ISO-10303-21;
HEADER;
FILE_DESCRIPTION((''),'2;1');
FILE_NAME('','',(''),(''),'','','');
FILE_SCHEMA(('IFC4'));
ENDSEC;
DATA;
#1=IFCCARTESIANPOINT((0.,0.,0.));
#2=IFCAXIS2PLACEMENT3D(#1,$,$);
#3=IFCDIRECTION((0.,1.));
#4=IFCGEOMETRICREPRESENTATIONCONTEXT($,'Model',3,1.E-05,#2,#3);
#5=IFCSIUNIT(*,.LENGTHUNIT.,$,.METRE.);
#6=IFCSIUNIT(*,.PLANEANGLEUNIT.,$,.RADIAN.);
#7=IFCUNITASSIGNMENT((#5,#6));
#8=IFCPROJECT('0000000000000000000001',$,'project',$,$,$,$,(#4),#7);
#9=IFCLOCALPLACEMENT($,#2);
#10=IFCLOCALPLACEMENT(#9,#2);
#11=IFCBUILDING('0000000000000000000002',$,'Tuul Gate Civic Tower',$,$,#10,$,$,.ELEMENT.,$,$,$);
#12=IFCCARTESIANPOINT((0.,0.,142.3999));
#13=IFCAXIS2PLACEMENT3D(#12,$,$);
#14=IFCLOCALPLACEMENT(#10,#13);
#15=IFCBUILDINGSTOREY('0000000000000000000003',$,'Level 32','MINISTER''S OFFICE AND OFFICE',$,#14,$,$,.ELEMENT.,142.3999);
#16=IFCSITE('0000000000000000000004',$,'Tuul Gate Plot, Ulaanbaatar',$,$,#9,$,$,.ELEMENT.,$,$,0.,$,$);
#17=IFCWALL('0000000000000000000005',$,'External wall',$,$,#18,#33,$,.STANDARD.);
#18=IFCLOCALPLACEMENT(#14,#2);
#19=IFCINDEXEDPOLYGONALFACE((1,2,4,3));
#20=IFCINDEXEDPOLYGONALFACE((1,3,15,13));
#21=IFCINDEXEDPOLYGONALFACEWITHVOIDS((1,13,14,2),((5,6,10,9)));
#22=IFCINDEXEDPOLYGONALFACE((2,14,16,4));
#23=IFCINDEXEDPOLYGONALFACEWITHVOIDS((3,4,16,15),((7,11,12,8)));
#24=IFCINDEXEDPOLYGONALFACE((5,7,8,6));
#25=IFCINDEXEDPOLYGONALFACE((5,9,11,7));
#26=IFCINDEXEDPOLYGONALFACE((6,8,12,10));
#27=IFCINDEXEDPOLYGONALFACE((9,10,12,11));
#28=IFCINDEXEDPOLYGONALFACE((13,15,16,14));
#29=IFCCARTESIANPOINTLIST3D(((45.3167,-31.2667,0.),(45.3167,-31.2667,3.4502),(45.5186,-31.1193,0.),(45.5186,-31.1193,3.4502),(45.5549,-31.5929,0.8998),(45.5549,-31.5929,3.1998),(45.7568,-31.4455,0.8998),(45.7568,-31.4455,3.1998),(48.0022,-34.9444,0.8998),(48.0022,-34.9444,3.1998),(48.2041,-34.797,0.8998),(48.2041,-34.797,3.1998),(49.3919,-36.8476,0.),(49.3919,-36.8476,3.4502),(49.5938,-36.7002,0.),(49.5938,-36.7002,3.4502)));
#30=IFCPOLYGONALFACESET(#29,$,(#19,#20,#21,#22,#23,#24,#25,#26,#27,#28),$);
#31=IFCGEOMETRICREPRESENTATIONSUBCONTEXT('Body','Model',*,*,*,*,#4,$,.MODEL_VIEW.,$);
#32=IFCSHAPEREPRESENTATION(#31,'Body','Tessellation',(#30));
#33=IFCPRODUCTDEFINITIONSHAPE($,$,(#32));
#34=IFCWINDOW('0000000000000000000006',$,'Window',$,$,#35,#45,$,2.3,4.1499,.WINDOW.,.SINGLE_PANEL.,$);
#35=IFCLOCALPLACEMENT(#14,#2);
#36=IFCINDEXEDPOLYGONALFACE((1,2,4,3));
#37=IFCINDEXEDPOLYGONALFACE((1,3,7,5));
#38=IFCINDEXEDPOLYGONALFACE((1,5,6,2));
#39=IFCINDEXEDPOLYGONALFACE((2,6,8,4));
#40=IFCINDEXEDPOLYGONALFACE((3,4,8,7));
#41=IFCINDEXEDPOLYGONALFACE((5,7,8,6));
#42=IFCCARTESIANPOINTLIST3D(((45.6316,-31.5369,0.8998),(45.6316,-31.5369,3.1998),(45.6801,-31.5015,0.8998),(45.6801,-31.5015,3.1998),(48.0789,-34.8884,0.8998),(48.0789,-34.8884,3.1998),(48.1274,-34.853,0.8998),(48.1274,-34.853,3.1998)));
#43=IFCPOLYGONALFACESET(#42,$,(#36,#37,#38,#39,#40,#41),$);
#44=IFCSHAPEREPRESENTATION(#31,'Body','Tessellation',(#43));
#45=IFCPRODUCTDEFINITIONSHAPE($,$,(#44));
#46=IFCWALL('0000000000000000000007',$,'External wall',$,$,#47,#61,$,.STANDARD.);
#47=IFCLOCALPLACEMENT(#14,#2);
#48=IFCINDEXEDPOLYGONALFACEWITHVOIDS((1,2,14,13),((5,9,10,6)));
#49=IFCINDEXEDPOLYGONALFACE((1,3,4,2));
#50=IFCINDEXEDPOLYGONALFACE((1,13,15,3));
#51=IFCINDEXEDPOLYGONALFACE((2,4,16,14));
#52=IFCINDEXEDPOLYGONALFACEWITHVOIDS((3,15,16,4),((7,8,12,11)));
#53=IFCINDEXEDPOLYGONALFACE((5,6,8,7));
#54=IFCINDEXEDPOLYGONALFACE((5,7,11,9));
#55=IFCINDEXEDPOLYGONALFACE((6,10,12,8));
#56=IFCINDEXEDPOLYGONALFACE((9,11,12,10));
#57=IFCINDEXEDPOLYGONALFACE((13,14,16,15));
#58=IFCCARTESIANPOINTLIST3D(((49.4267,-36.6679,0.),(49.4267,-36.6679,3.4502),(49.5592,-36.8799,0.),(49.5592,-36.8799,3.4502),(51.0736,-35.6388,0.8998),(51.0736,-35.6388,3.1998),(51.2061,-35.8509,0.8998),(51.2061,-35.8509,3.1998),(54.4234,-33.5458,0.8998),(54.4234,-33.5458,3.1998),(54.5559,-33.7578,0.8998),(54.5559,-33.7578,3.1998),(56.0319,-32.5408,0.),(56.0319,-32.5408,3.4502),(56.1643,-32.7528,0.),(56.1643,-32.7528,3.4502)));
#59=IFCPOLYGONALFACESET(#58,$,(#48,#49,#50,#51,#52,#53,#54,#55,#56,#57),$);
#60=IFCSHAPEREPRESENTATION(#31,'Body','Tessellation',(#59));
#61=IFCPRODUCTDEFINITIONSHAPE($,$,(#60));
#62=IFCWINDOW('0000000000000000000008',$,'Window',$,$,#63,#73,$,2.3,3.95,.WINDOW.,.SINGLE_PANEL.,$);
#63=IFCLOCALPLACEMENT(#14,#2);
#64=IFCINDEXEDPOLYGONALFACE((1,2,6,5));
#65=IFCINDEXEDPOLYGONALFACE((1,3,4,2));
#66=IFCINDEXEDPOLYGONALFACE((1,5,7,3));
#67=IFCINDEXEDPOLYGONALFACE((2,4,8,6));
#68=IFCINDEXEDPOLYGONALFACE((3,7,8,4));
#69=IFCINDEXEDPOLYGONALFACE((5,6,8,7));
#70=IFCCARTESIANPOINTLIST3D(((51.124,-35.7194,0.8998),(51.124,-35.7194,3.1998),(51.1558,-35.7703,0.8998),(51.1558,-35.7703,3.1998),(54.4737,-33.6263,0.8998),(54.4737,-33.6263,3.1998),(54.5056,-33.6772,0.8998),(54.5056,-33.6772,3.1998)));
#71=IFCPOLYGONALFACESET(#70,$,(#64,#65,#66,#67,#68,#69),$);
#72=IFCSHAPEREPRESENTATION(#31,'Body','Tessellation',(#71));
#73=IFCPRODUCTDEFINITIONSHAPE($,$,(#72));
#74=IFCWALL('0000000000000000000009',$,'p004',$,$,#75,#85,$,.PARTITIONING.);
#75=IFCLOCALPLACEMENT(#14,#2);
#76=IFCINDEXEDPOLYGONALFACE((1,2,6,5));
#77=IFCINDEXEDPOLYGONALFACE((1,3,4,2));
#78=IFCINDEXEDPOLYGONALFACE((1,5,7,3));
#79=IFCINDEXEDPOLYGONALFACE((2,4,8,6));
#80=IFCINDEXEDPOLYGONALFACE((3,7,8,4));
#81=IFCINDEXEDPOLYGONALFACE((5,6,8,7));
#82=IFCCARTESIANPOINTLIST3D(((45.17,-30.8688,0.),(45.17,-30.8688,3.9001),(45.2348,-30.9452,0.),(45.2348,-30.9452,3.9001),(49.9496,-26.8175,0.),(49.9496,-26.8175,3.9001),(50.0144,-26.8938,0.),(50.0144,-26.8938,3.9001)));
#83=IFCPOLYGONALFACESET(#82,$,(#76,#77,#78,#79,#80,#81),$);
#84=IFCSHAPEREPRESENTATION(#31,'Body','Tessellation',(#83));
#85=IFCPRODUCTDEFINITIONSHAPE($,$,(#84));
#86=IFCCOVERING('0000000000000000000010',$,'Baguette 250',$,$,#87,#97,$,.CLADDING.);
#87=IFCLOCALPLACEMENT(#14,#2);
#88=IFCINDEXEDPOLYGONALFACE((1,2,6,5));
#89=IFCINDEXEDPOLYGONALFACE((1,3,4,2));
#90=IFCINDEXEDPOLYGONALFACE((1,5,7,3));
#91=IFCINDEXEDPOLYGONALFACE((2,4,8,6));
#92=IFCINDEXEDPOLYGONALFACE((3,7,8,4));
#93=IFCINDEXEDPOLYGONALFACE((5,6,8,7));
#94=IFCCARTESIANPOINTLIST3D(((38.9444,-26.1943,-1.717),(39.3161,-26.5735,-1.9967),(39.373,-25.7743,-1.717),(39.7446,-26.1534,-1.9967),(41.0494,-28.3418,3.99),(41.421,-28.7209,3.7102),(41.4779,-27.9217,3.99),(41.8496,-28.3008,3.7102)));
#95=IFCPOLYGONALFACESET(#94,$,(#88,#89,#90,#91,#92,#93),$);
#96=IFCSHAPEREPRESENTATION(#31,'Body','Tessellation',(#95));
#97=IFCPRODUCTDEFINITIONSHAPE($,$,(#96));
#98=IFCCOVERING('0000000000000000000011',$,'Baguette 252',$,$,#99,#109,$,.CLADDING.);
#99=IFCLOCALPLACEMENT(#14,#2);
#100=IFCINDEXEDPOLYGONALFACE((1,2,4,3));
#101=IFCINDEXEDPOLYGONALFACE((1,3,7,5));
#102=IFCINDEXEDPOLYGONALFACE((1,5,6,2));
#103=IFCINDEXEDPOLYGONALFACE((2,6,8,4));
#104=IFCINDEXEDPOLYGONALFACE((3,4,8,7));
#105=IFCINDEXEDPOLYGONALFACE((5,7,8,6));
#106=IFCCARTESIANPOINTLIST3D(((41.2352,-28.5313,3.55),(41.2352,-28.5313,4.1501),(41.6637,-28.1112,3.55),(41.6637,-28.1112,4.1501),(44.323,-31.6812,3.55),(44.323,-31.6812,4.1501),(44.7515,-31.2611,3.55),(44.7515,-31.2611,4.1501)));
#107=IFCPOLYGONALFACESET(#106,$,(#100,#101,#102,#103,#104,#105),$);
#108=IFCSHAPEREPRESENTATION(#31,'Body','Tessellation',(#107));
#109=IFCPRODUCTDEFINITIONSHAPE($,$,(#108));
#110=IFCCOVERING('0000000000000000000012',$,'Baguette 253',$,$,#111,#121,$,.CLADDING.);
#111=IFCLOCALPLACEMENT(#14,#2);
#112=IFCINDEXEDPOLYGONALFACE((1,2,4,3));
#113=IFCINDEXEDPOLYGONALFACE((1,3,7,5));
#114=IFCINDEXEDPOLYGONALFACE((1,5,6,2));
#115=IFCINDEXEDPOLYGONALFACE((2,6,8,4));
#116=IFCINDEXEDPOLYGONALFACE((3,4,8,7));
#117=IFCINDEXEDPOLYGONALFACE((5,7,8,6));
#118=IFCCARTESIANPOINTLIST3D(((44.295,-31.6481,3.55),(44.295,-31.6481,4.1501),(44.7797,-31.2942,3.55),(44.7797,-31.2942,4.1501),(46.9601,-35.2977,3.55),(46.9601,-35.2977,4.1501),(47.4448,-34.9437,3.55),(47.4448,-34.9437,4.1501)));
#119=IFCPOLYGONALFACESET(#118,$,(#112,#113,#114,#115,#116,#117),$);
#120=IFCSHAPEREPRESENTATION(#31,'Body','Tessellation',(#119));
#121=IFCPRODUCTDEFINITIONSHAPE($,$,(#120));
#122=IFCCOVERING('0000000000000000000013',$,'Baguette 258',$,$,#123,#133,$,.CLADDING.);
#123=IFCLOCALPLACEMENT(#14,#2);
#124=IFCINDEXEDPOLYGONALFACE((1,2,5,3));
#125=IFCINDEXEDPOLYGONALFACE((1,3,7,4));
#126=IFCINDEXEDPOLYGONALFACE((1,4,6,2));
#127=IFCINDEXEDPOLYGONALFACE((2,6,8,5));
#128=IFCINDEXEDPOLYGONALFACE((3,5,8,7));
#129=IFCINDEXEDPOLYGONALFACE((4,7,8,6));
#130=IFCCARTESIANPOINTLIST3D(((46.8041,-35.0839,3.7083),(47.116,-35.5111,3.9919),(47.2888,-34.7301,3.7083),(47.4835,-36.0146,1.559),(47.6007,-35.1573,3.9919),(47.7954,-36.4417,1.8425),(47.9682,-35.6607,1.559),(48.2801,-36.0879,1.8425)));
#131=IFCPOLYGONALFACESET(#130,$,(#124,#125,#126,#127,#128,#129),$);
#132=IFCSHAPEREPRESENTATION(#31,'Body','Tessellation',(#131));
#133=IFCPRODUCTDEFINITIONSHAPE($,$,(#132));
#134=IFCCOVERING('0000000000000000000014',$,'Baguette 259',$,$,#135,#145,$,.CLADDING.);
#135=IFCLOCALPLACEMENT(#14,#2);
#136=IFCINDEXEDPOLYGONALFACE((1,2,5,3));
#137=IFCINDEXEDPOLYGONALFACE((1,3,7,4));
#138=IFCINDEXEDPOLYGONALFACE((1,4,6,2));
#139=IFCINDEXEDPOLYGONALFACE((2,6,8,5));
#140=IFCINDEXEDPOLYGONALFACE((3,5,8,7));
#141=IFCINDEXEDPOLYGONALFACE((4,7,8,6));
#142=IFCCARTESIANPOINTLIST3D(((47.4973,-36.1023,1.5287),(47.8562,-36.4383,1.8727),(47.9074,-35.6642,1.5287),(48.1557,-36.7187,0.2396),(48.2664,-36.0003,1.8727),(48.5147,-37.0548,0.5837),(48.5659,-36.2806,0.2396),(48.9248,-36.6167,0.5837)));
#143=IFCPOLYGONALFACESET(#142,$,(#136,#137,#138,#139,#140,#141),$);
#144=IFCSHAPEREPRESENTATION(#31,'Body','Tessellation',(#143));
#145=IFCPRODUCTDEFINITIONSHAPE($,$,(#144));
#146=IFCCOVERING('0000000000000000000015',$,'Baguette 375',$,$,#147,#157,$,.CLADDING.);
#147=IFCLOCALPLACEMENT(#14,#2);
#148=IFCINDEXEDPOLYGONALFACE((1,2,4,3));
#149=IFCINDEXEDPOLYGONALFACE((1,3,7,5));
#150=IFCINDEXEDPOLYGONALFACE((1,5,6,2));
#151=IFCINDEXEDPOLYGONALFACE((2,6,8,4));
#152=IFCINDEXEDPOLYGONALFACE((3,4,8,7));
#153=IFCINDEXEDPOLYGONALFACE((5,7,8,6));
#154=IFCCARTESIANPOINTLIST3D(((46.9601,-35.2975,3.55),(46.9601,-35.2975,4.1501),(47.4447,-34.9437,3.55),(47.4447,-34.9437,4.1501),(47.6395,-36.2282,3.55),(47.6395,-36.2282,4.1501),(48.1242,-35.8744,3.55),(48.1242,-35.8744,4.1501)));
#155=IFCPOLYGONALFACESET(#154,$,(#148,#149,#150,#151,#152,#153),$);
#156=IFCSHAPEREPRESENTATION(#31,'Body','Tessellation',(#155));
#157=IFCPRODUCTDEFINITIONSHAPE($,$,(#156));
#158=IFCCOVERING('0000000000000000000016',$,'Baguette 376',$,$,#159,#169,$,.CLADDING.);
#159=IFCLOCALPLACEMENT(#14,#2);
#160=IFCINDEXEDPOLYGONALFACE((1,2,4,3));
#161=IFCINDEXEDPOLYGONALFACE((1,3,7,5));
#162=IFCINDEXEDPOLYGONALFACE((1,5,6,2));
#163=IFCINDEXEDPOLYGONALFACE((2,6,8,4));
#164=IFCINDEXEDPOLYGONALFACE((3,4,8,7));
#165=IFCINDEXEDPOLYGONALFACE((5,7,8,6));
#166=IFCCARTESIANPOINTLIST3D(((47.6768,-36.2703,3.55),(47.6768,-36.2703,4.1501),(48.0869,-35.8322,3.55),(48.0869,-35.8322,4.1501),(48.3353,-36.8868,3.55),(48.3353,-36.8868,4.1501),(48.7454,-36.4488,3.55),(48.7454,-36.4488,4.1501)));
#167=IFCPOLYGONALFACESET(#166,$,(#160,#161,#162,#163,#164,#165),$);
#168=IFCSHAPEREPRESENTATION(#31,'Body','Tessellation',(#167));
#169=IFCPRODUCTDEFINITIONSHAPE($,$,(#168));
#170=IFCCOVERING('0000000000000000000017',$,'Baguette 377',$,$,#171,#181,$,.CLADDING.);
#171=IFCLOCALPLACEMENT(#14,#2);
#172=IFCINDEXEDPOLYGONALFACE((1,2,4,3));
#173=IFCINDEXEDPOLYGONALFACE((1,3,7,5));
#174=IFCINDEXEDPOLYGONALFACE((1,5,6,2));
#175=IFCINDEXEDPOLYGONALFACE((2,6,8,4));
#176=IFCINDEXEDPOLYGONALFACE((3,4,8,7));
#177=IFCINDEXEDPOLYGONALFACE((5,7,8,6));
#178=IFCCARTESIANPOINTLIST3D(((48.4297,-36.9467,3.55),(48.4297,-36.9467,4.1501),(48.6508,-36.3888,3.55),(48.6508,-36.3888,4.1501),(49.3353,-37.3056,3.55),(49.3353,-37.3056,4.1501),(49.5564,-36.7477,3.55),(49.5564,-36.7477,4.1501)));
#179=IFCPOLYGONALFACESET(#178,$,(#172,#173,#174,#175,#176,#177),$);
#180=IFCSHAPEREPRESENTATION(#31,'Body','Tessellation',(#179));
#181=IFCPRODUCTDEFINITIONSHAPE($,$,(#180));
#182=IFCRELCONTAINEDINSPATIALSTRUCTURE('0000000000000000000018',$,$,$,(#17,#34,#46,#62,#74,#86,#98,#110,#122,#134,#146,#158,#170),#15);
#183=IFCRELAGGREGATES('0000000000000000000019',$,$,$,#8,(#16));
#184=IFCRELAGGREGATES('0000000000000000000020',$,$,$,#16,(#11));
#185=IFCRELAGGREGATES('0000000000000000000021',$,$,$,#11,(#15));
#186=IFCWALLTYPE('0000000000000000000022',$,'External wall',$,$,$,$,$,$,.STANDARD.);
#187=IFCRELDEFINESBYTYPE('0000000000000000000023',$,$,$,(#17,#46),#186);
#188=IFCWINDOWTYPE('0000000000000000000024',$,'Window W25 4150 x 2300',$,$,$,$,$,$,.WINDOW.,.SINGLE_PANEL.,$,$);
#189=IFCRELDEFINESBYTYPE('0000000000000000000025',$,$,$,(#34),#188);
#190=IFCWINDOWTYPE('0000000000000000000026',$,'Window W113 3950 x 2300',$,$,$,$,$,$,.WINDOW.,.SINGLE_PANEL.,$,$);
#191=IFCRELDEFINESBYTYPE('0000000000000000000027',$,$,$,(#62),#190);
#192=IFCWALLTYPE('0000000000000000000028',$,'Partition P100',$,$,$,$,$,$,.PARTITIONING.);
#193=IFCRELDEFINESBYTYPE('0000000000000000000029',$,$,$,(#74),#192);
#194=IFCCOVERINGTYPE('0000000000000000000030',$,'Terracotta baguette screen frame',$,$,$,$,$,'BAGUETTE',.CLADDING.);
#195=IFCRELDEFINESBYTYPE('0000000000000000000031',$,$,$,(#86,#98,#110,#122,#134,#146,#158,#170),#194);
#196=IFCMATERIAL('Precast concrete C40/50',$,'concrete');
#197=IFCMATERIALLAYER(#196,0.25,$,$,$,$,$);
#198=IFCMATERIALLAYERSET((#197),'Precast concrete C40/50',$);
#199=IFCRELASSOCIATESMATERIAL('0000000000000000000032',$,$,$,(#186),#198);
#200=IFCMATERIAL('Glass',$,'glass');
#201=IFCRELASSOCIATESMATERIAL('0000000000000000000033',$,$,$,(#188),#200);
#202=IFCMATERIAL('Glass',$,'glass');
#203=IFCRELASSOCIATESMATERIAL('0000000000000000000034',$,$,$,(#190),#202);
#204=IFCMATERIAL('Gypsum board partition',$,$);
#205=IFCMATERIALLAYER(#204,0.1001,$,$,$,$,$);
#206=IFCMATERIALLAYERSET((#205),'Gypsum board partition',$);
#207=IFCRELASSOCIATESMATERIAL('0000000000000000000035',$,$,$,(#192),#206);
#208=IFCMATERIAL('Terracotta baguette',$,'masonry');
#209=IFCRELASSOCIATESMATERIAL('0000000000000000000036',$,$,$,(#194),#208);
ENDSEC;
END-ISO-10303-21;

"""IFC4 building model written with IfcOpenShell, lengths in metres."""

from ifc_helpers import new_model, si_unit, direction, frame, frame_2d, origin, origin_2d, place, context, subcontext, project, spatial, rectangle, extrude, material, layer, layer_set, material_profile, profile_set, type_object, element, fill, save


model = new_model("IFC4")

# Units and contexts
model_context = context("Model", 3, precision=1e-05, world=origin(), true_north=direction((0.0, 1.0)))
body_context = subcontext(model_context, "Body", "Model", "MODEL_VIEW")
ifc_project = project(units=[si_unit("LENGTHUNIT", "METRE"), si_unit("PLANEANGLEUNIT", "RADIAN")], contexts=[model_context])

# Site, building, storey
site_placement = place(None, origin())
site = spatial("IfcSite", under=ifc_project, at=site_placement, Name="Tuul Gate Plot, Ulaanbaatar", CompositionType="ELEMENT", RefElevation=0.0)
building_placement = place(site_placement, origin())
building = spatial("IfcBuilding", under=site, at=building_placement, Name="Tuul Gate Civic Tower", CompositionType="ELEMENT")
storey_placement = place(building_placement, frame((0.0, 0.0, 142.3999)))
storey = spatial("IfcBuildingStorey", under=building, at=storey_placement, Name="Level 32", Description="MINISTER'S OFFICE AND OFFICE", CompositionType="ELEMENT", Elevation=142.3999)

# Walls, openings, windows
ifc_material_1 = material(Name="Precast concrete C40/50", Category="concrete")
ifc_layer_1 = layer(ifc_material_1, 0.25)
ifc_layer_set_1 = layer_set([ifc_layer_1], Name="Precast concrete C40/50")
wall_type_1 = type_object("IfcWallType", Name="External wall", PredefinedType="STANDARD", material=ifc_layer_set_1)
wall_1_placement = place(storey_placement, frame((45.4177, -31.1931, 0.0), z_axis=(0.0, 0.0, 1.0), x_axis=(0.589725, -0.807604, 0.0)))
wall_1 = element("IfcWall", 1, at=wall_1_placement, inside=storey, type_object=wall_type_1, Name="External wall", PredefinedType="STANDARD", context=body_context, shape_type="SweptSolid", body=[
    extrude(rectangle(XDim=6.9104, YDim=0.25, at=frame_2d((3.4551, 0.0))), origin(), (0.0, 0.0, 1.0), 3.4502),
])
opening_1_placement = place(wall_1_placement, frame((0.4038, 0.0, 0.8999)))
opening_1 = element("IfcOpeningElement", 2, at=opening_1_placement, cuts=wall_1, PredefinedType="OPENING", context=body_context, shape_type="SweptSolid", body=[
    extrude(rectangle(XDim=4.1499, YDim=2.3, at=frame_2d((2.075, 1.1499))), frame((0.0, 0.135, 0.0), z_axis=(0.0, -1.0, 0.0), x_axis=(1.0, 0.0, 0.0)), (0.0, 0.0, 1.0), 0.27),
])
ifc_material_2 = material(Name="Glass", Category="glass")
window_type_1 = type_object("IfcWindowType", Name="Window W25 4150 x 2300", PartitioningType="SINGLE_PANEL", PredefinedType="WINDOW", material=ifc_material_2)
window_1_placement = place(opening_1_placement, origin())
window_1 = element("IfcWindow", 3, at=window_1_placement, inside=storey, type_object=window_type_1, Name="Window", OverallHeight=2.3, OverallWidth=4.1499, PartitioningType="SINGLE_PANEL", PredefinedType="WINDOW", context=body_context, shape_type="SweptSolid", body=[
    extrude(rectangle(XDim=4.1499, YDim=2.3, at=frame_2d((2.075, 1.1499))), frame((0.0, 0.03, 0.0), z_axis=(0.0, -1.0, 0.0), x_axis=(1.0, 0.0, 0.0)), (0.0, 0.0, 1.0), 0.0601),
])
fill(opening_1, window_1)
wall_2_placement = place(storey_placement, frame((49.4929, -36.7739, 0.0), z_axis=(0.0, 0.0, 1.0), x_axis=(0.84806, 0.5299, 0.0)))
wall_2 = element("IfcWall", 4, at=wall_2_placement, inside=storey, type_object=wall_type_1, Name="External wall", PredefinedType="STANDARD", context=body_context, shape_type="SweptSolid", body=[
    extrude(rectangle(XDim=7.7886, YDim=0.25, at=frame_2d((3.8943, 0.0))), origin(), (0.0, 0.0, 1.0), 3.4502),
])
opening_2_placement = place(wall_2_placement, frame((1.9419, 0.0, 0.8999)))
opening_2 = element("IfcOpeningElement", 5, at=opening_2_placement, cuts=wall_2, PredefinedType="OPENING", context=body_context, shape_type="SweptSolid", body=[
    extrude(rectangle(XDim=3.95, YDim=2.3, at=frame_2d((1.9751, 1.1499))), frame((0.0, 0.135, 0.0), z_axis=(0.0, -1.0, 0.0), x_axis=(1.0, 0.0, 0.0)), (0.0, 0.0, 1.0), 0.27),
])
ifc_material_3 = material(Name="Glass", Category="glass")
window_type_2 = type_object("IfcWindowType", Name="Window W113 3950 x 2300", PartitioningType="SINGLE_PANEL", PredefinedType="WINDOW", material=ifc_material_3)
window_2_placement = place(opening_2_placement, origin())
window_2 = element("IfcWindow", 6, at=window_2_placement, inside=storey, type_object=window_type_2, Name="Window", OverallHeight=2.3, OverallWidth=3.95, PartitioningType="SINGLE_PANEL", PredefinedType="WINDOW", context=body_context, shape_type="SweptSolid", body=[
    extrude(rectangle(XDim=3.95, YDim=2.3, at=frame_2d((1.9751, 1.1499))), frame((0.0, 0.03, 0.0), z_axis=(0.0, -1.0, 0.0), x_axis=(1.0, 0.0, 0.0)), (0.0, 0.0, 1.0), 0.0601),
])
fill(opening_2, window_2)

# Wall
ifc_material_4 = material(Name="Gypsum board partition")
ifc_layer_2 = layer(ifc_material_4, 0.1001)
ifc_layer_set_2 = layer_set([ifc_layer_2], Name="Gypsum board partition")
wall_type_2 = type_object("IfcWallType", Name="Partition P100", PredefinedType="PARTITIONING", material=ifc_layer_set_2)
wall_3_placement = place(storey_placement, frame((45.2024, -30.907, 0.0), z_axis=(0.0, 0.0, 1.0), x_axis=(0.762832, 0.646597, 0.0)))
element("IfcWall", 7, at=wall_3_placement, inside=storey, type_object=wall_type_2, Name="p004", PredefinedType="PARTITIONING", context=body_context, shape_type="SweptSolid", body=[
    extrude(rectangle(XDim=6.2656, YDim=0.1001, at=frame_2d((3.1328, 0.0))), origin(), (0.0, 0.0, 1.0), 3.9001),
])

# Coverings
ifc_material_5 = material(Name="Terracotta baguette", Category="masonry")
ifc_material_profile_1 = material_profile(ifc_material_5, rectangle(XDim=0.6001, YDim=0.6001, at=origin_2d()), Name="Terracotta baguette screen frame")
ifc_profile_set_1 = profile_set([ifc_material_profile_1], Name="Terracotta baguette")
covering_type = type_object("IfcCoveringType", Name="Terracotta baguette screen frame", ElementType="BAGUETTE", PredefinedType="CLADDING", material=ifc_profile_set_1)
covering_1_placement = place(storey_placement, frame((41.4495, -28.3213, 3.8501), z_axis=(-0.326313, 0.332899, -0.884702), x_axis=(-0.714135, -0.700008, 0.0)))
element("IfcCovering", 8, at=covering_1_placement, inside=storey, type_object=covering_type, Name="Baguette 250", PredefinedType="CLADDING", context=body_context, shape_type="SweptSolid", body=[
    extrude(rectangle(XDim=0.6001, YDim=0.6001, at=origin_2d()), origin(), (0.0, 0.0, 1.0), 6.4507),
])
covering_2_placement = place(storey_placement, frame((41.4495, -28.3213, 3.8501), z_axis=(0.700043, -0.714101, 0.0), x_axis=(0.714101, 0.700043, 0.0)))
element("IfcCovering", 9, at=covering_2_placement, inside=storey, type_object=covering_type, Name="Baguette 252", PredefinedType="CLADDING", context=body_context, shape_type="SweptSolid", body=[
    extrude(rectangle(XDim=0.6001, YDim=0.6001, at=origin_2d()), origin(), (0.0, 0.0, 1.0), 4.4109),
])
covering_3_placement = place(storey_placement, frame((44.5374, -31.4712, 3.8501), z_axis=(0.589751, -0.807585, 0.0), x_axis=(0.807585, 0.589751, 0.0)))
element("IfcCovering", 10, at=covering_3_placement, inside=storey, type_object=covering_type, Name="Baguette 253", PredefinedType="CLADDING", context=body_context, shape_type="SweptSolid", body=[
    extrude(rectangle(XDim=0.6001, YDim=0.6001, at=origin_2d()), origin(), (0.0, 0.0, 1.0), 4.519),
])
covering_4_placement = place(storey_placement, frame((47.2024, -35.1206, 3.8501), z_axis=(0.278597, -0.381607, -0.88134), x_axis=(0.807663, 0.589645, 0.0)))
element("IfcCovering", 11, at=covering_4_placement, inside=storey, type_object=covering_type, Name="Baguette 258", PredefinedType="CLADDING", context=body_context, shape_type="SweptSolid", body=[
    extrude(rectangle(XDim=0.6001, YDim=0.6001, at=origin_2d()), origin(), (0.0, 0.0, 1.0), 2.4387),
])
covering_5_placement = place(storey_placement, frame((47.8818, -36.0513, 1.7007), z_axis=(0.418515, -0.391825, -0.81934), x_axis=(0.683446, 0.730001, 0.0)))
element("IfcCovering", 12, at=covering_5_placement, inside=storey, type_object=covering_type, Name="Baguette 259", PredefinedType="CLADDING", context=body_context, shape_type="SweptSolid", body=[
    extrude(rectangle(XDim=0.6001, YDim=0.6001, at=origin_2d()), origin(), (0.0, 0.0, 1.0), 1.5732),
])
covering_6_placement = place(storey_placement, frame((47.2024, -35.1206, 3.8501), z_axis=(0.589645, -0.807663, 0.0), x_axis=(0.807663, 0.589645, 0.0)))
element("IfcCovering", 13, at=covering_6_placement, inside=storey, type_object=covering_type, Name="Baguette 375", PredefinedType="CLADDING", context=body_context, shape_type="SweptSolid", body=[
    extrude(rectangle(XDim=0.6001, YDim=0.6001, at=origin_2d()), origin(), (0.0, 0.0, 1.0), 1.1523),
])
covering_7_placement = place(storey_placement, frame((47.8818, -36.0513, 3.8501), z_axis=(0.730001, -0.683446, 0.0), x_axis=(0.683446, 0.730001, 0.0)))
element("IfcCovering", 14, at=covering_7_placement, inside=storey, type_object=covering_type, Name="Baguette 376", PredefinedType="CLADDING", context=body_context, shape_type="SweptSolid", body=[
    extrude(rectangle(XDim=0.6001, YDim=0.6001, at=origin_2d()), origin(), (0.0, 0.0, 1.0), 0.9021),
])
covering_8_placement = place(storey_placement, frame((48.5403, -36.6677, 3.8501), z_axis=(0.929647, -0.36845, 0.0), x_axis=(0.36845, 0.929647, 0.0)))
element("IfcCovering", 15, at=covering_8_placement, inside=storey, type_object=covering_type, Name="Baguette 377", PredefinedType="CLADDING", context=body_context, shape_type="SweptSolid", body=[
    extrude(rectangle(XDim=0.6001, YDim=0.6001, at=origin_2d()), origin(), (0.0, 0.0, 1.0), 0.9741),
])

save(model, "model.ifc")
